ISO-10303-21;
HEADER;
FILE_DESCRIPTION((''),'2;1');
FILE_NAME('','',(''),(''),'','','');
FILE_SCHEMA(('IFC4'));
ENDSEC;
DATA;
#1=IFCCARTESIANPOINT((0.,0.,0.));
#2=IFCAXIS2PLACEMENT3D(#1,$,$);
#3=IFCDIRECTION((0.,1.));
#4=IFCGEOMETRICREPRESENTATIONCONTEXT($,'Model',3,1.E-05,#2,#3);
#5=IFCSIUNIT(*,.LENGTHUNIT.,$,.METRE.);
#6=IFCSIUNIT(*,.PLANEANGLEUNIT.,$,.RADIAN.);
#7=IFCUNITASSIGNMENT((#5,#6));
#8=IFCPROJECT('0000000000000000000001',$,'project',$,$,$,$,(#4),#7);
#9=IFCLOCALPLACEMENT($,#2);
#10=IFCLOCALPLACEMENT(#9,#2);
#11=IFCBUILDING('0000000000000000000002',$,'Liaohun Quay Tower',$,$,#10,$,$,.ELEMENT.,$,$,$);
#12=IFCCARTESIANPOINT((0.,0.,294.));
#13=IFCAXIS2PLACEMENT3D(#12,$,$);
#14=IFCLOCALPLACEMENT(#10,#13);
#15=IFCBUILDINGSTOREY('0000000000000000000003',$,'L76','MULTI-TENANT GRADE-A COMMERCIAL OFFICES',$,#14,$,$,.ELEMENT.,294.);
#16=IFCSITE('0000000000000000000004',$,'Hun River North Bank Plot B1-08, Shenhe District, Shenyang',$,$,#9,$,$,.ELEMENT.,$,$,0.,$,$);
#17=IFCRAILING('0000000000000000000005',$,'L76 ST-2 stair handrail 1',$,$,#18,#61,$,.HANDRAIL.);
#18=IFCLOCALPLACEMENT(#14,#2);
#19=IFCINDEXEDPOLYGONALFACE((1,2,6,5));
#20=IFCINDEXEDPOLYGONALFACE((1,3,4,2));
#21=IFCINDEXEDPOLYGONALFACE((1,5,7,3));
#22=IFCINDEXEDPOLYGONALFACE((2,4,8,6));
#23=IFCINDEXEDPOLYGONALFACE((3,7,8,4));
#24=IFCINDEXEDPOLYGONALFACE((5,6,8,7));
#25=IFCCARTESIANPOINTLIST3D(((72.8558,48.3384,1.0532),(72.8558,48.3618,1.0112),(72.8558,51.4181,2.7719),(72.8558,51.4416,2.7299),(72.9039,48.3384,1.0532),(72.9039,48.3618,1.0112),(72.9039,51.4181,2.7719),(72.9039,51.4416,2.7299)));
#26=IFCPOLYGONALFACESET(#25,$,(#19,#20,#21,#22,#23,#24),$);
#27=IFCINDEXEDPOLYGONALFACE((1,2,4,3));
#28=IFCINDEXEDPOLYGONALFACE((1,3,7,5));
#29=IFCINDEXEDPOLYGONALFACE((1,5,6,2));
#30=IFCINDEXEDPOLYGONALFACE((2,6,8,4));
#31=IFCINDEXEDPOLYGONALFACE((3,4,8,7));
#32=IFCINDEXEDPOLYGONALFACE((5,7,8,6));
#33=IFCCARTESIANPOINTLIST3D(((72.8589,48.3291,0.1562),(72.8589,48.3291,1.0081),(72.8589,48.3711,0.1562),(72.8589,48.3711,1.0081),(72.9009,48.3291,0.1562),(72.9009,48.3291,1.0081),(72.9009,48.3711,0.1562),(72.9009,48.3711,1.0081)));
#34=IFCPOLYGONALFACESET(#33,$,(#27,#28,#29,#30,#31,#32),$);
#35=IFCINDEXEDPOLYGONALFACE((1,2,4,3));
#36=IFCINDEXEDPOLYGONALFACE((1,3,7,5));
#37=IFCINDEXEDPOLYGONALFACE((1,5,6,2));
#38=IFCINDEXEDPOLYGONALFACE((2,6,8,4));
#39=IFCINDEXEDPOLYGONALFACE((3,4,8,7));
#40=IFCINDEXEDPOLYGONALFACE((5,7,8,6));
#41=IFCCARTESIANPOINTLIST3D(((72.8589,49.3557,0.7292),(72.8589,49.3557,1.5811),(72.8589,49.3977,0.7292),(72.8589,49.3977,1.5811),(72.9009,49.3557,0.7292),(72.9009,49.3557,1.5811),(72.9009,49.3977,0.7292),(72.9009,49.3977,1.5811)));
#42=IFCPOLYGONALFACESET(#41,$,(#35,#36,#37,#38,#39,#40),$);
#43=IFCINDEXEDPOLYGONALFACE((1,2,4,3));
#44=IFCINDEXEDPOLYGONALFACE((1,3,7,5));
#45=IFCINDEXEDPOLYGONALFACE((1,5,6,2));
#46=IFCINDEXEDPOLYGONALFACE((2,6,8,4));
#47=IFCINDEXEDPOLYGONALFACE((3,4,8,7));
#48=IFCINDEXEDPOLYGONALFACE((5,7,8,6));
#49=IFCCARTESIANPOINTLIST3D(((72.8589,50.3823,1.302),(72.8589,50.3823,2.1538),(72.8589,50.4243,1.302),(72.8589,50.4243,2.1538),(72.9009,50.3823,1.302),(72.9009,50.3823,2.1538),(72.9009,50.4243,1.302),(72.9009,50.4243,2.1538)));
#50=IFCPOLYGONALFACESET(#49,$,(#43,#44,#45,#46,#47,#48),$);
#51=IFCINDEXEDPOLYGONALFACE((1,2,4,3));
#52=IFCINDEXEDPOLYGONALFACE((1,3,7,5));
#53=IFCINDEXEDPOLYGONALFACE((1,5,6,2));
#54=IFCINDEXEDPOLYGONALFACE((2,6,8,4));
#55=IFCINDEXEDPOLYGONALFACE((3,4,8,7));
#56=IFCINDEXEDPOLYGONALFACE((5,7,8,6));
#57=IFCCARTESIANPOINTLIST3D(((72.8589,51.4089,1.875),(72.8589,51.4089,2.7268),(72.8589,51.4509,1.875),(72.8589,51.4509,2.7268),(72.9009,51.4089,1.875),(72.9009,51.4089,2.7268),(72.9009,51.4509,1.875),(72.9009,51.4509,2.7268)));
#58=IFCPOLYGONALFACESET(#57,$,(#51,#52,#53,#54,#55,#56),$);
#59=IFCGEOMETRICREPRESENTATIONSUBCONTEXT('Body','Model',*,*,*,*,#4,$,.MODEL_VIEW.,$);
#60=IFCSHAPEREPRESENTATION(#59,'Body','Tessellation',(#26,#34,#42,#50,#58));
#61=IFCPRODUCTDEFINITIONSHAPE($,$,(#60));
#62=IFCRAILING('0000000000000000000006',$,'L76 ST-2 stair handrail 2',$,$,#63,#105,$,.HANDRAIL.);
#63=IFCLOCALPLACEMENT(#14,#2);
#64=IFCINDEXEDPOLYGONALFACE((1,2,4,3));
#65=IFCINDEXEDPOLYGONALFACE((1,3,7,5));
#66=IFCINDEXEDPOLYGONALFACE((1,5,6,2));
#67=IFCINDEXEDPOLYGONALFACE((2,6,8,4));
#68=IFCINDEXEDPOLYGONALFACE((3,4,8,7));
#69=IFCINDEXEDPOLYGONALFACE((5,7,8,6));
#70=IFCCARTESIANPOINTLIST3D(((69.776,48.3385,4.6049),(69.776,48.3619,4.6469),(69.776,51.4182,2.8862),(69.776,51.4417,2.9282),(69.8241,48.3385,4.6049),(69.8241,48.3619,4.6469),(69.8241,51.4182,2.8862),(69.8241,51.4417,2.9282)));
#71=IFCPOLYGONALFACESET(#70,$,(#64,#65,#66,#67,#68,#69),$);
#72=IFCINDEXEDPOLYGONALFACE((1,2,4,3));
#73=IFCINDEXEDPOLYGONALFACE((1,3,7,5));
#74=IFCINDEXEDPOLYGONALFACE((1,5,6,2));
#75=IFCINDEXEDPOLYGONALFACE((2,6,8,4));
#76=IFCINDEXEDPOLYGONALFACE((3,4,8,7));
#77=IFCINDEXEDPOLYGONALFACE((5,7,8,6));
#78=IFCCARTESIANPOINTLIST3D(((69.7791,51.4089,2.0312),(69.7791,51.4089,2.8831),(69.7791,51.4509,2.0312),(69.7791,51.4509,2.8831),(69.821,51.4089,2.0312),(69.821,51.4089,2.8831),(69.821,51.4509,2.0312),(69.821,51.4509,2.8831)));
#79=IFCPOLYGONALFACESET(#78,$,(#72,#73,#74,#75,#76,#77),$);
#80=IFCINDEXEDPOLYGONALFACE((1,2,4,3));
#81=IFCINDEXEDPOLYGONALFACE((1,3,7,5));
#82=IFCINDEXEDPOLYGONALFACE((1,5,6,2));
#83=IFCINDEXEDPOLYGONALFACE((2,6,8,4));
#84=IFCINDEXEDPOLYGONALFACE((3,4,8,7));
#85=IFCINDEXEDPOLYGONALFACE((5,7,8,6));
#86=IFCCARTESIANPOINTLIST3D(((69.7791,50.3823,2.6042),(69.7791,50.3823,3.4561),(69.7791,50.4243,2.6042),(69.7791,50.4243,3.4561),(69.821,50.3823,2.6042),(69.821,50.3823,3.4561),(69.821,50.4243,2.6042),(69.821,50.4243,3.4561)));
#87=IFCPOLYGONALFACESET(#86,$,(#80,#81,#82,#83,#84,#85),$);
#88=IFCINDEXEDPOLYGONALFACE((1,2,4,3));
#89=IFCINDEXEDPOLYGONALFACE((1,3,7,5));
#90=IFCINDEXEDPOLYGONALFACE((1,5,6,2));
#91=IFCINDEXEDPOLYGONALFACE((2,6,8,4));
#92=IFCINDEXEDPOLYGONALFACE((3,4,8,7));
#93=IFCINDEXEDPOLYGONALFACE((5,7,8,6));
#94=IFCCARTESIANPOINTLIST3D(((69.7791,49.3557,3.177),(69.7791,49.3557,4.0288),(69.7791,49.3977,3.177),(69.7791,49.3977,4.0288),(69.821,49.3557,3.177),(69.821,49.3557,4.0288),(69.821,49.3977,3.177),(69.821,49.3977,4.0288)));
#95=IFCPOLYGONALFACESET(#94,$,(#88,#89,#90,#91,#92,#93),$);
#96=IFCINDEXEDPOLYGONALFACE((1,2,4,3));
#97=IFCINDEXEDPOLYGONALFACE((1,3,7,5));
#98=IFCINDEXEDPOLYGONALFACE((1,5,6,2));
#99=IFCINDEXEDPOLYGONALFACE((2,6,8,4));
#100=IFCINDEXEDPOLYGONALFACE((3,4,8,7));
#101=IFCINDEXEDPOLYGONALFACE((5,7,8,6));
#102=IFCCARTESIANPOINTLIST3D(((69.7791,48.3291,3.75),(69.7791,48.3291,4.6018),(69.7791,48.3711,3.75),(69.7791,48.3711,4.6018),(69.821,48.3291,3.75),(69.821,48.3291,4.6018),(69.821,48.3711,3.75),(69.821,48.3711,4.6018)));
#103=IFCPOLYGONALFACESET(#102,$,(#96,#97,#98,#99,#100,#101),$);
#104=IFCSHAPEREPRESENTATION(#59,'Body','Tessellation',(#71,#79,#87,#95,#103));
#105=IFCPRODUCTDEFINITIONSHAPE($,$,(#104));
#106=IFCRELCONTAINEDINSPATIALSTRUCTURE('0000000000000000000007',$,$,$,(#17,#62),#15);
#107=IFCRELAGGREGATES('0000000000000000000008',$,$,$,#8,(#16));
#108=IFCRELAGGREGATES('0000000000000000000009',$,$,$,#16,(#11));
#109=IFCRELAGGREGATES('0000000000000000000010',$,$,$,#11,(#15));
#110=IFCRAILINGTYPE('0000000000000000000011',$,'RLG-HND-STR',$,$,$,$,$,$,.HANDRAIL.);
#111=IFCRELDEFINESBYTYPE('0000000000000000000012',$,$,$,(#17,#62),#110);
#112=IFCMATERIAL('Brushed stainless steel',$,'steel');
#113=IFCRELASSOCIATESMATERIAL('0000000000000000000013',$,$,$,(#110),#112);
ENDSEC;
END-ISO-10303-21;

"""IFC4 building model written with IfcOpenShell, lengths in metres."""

from ifc_helpers import new_model, si_unit, direction, frame, origin, origin_2d, place, context, subcontext, project, spatial, rectangle, extrude, material, type_object, element, save


model = new_model("IFC4")

# Units and contexts
model_context = context("Model", 3, precision=1e-05, world=origin(), true_north=direction((0.0, 1.0)))
body_context = subcontext(model_context, "Body", "Model", "MODEL_VIEW")
ifc_project = project(units=[si_unit("LENGTHUNIT", "METRE"), si_unit("PLANEANGLEUNIT", "RADIAN")], contexts=[model_context])

# Site, building, storey
site_placement = place(None, origin())
site = spatial("IfcSite", under=ifc_project, at=site_placement, Name="Hun River North Bank Plot B1-08, Shenhe District, Shenyang", CompositionType="ELEMENT", RefElevation=0.0)
building_placement = place(site_placement, origin())
building = spatial("IfcBuilding", under=site, at=building_placement, Name="Liaohun Quay Tower", CompositionType="ELEMENT")
storey_placement = place(building_placement, frame((0.0, 0.0, 294.0)))
storey = spatial("IfcBuildingStorey", under=building, at=storey_placement, Name="L76", Description="MULTI-TENANT GRADE-A COMMERCIAL OFFICES", CompositionType="ELEMENT", Elevation=294.0)

# Railings
ifc_material_1 = material(Name="Brushed stainless steel", Category="steel")
railing_type_1 = type_object("IfcRailingType", Name="RLG-HND-STR", PredefinedType="HANDRAIL", material=ifc_material_1)
railing_1_placement = place(storey_placement, frame((72.8799, 48.3501, 0.1562)))
element("IfcRailing", 1, at=railing_1_placement, inside=storey, type_object=railing_type_1, Name="L76 ST-2 stair handrail 1", PredefinedType="HANDRAIL", context=body_context, shape_type="SweptSolid", body=[
    extrude(rectangle(XDim=0.0481, YDim=0.0481, at=origin_2d()), frame((0.0, 0.0, 0.876), z_axis=(0.0, 0.873225, 0.487317), x_axis=(-1.0, 0.0, 0.0)), (0.0, 0.0, 1.0), 3.5269),
    extrude(rectangle(XDim=0.042, YDim=0.042, at=origin_2d()), origin(), (0.0, 0.0, 1.0), 0.8518),
    extrude(rectangle(XDim=0.042, YDim=0.042, at=origin_2d()), frame((0.0, 1.0266, 0.573)), (0.0, 0.0, 1.0), 0.8518),
    extrude(rectangle(XDim=0.042, YDim=0.042, at=origin_2d()), frame((0.0, 2.0532, 1.1458)), (0.0, 0.0, 1.0), 0.8518),
    extrude(rectangle(XDim=0.042, YDim=0.042, at=origin_2d()), frame((0.0, 3.0798, 1.7188)), (0.0, 0.0, 1.0), 0.8518),
])
railing_2_placement = place(storey_placement, frame((69.8, 51.4299, 2.0312)))
element("IfcRailing", 2, at=railing_2_placement, inside=storey, type_object=railing_type_1, Name="L76 ST-2 stair handrail 2", PredefinedType="HANDRAIL", context=body_context, shape_type="SweptSolid", body=[
    extrude(rectangle(XDim=0.0481, YDim=0.0481, at=origin_2d()), frame((0.0, 0.0, 0.876), z_axis=(0.0, -0.873225, 0.487317), x_axis=(1.0, 0.0, 0.0)), (0.0, 0.0, 1.0), 3.5269),
    extrude(rectangle(XDim=0.042, YDim=0.042, at=origin_2d()), origin(), (0.0, 0.0, 1.0), 0.8518),
    extrude(rectangle(XDim=0.042, YDim=0.042, at=origin_2d()), frame((0.0, -1.0266, 0.573)), (0.0, 0.0, 1.0), 0.8518),
    extrude(rectangle(XDim=0.042, YDim=0.042, at=origin_2d()), frame((0.0, -2.0532, 1.1458)), (0.0, 0.0, 1.0), 0.8518),
    extrude(rectangle(XDim=0.042, YDim=0.042, at=origin_2d()), frame((0.0, -3.0798, 1.7188)), (0.0, 0.0, 1.0), 0.8518),
])

save(model, "model.ifc")
